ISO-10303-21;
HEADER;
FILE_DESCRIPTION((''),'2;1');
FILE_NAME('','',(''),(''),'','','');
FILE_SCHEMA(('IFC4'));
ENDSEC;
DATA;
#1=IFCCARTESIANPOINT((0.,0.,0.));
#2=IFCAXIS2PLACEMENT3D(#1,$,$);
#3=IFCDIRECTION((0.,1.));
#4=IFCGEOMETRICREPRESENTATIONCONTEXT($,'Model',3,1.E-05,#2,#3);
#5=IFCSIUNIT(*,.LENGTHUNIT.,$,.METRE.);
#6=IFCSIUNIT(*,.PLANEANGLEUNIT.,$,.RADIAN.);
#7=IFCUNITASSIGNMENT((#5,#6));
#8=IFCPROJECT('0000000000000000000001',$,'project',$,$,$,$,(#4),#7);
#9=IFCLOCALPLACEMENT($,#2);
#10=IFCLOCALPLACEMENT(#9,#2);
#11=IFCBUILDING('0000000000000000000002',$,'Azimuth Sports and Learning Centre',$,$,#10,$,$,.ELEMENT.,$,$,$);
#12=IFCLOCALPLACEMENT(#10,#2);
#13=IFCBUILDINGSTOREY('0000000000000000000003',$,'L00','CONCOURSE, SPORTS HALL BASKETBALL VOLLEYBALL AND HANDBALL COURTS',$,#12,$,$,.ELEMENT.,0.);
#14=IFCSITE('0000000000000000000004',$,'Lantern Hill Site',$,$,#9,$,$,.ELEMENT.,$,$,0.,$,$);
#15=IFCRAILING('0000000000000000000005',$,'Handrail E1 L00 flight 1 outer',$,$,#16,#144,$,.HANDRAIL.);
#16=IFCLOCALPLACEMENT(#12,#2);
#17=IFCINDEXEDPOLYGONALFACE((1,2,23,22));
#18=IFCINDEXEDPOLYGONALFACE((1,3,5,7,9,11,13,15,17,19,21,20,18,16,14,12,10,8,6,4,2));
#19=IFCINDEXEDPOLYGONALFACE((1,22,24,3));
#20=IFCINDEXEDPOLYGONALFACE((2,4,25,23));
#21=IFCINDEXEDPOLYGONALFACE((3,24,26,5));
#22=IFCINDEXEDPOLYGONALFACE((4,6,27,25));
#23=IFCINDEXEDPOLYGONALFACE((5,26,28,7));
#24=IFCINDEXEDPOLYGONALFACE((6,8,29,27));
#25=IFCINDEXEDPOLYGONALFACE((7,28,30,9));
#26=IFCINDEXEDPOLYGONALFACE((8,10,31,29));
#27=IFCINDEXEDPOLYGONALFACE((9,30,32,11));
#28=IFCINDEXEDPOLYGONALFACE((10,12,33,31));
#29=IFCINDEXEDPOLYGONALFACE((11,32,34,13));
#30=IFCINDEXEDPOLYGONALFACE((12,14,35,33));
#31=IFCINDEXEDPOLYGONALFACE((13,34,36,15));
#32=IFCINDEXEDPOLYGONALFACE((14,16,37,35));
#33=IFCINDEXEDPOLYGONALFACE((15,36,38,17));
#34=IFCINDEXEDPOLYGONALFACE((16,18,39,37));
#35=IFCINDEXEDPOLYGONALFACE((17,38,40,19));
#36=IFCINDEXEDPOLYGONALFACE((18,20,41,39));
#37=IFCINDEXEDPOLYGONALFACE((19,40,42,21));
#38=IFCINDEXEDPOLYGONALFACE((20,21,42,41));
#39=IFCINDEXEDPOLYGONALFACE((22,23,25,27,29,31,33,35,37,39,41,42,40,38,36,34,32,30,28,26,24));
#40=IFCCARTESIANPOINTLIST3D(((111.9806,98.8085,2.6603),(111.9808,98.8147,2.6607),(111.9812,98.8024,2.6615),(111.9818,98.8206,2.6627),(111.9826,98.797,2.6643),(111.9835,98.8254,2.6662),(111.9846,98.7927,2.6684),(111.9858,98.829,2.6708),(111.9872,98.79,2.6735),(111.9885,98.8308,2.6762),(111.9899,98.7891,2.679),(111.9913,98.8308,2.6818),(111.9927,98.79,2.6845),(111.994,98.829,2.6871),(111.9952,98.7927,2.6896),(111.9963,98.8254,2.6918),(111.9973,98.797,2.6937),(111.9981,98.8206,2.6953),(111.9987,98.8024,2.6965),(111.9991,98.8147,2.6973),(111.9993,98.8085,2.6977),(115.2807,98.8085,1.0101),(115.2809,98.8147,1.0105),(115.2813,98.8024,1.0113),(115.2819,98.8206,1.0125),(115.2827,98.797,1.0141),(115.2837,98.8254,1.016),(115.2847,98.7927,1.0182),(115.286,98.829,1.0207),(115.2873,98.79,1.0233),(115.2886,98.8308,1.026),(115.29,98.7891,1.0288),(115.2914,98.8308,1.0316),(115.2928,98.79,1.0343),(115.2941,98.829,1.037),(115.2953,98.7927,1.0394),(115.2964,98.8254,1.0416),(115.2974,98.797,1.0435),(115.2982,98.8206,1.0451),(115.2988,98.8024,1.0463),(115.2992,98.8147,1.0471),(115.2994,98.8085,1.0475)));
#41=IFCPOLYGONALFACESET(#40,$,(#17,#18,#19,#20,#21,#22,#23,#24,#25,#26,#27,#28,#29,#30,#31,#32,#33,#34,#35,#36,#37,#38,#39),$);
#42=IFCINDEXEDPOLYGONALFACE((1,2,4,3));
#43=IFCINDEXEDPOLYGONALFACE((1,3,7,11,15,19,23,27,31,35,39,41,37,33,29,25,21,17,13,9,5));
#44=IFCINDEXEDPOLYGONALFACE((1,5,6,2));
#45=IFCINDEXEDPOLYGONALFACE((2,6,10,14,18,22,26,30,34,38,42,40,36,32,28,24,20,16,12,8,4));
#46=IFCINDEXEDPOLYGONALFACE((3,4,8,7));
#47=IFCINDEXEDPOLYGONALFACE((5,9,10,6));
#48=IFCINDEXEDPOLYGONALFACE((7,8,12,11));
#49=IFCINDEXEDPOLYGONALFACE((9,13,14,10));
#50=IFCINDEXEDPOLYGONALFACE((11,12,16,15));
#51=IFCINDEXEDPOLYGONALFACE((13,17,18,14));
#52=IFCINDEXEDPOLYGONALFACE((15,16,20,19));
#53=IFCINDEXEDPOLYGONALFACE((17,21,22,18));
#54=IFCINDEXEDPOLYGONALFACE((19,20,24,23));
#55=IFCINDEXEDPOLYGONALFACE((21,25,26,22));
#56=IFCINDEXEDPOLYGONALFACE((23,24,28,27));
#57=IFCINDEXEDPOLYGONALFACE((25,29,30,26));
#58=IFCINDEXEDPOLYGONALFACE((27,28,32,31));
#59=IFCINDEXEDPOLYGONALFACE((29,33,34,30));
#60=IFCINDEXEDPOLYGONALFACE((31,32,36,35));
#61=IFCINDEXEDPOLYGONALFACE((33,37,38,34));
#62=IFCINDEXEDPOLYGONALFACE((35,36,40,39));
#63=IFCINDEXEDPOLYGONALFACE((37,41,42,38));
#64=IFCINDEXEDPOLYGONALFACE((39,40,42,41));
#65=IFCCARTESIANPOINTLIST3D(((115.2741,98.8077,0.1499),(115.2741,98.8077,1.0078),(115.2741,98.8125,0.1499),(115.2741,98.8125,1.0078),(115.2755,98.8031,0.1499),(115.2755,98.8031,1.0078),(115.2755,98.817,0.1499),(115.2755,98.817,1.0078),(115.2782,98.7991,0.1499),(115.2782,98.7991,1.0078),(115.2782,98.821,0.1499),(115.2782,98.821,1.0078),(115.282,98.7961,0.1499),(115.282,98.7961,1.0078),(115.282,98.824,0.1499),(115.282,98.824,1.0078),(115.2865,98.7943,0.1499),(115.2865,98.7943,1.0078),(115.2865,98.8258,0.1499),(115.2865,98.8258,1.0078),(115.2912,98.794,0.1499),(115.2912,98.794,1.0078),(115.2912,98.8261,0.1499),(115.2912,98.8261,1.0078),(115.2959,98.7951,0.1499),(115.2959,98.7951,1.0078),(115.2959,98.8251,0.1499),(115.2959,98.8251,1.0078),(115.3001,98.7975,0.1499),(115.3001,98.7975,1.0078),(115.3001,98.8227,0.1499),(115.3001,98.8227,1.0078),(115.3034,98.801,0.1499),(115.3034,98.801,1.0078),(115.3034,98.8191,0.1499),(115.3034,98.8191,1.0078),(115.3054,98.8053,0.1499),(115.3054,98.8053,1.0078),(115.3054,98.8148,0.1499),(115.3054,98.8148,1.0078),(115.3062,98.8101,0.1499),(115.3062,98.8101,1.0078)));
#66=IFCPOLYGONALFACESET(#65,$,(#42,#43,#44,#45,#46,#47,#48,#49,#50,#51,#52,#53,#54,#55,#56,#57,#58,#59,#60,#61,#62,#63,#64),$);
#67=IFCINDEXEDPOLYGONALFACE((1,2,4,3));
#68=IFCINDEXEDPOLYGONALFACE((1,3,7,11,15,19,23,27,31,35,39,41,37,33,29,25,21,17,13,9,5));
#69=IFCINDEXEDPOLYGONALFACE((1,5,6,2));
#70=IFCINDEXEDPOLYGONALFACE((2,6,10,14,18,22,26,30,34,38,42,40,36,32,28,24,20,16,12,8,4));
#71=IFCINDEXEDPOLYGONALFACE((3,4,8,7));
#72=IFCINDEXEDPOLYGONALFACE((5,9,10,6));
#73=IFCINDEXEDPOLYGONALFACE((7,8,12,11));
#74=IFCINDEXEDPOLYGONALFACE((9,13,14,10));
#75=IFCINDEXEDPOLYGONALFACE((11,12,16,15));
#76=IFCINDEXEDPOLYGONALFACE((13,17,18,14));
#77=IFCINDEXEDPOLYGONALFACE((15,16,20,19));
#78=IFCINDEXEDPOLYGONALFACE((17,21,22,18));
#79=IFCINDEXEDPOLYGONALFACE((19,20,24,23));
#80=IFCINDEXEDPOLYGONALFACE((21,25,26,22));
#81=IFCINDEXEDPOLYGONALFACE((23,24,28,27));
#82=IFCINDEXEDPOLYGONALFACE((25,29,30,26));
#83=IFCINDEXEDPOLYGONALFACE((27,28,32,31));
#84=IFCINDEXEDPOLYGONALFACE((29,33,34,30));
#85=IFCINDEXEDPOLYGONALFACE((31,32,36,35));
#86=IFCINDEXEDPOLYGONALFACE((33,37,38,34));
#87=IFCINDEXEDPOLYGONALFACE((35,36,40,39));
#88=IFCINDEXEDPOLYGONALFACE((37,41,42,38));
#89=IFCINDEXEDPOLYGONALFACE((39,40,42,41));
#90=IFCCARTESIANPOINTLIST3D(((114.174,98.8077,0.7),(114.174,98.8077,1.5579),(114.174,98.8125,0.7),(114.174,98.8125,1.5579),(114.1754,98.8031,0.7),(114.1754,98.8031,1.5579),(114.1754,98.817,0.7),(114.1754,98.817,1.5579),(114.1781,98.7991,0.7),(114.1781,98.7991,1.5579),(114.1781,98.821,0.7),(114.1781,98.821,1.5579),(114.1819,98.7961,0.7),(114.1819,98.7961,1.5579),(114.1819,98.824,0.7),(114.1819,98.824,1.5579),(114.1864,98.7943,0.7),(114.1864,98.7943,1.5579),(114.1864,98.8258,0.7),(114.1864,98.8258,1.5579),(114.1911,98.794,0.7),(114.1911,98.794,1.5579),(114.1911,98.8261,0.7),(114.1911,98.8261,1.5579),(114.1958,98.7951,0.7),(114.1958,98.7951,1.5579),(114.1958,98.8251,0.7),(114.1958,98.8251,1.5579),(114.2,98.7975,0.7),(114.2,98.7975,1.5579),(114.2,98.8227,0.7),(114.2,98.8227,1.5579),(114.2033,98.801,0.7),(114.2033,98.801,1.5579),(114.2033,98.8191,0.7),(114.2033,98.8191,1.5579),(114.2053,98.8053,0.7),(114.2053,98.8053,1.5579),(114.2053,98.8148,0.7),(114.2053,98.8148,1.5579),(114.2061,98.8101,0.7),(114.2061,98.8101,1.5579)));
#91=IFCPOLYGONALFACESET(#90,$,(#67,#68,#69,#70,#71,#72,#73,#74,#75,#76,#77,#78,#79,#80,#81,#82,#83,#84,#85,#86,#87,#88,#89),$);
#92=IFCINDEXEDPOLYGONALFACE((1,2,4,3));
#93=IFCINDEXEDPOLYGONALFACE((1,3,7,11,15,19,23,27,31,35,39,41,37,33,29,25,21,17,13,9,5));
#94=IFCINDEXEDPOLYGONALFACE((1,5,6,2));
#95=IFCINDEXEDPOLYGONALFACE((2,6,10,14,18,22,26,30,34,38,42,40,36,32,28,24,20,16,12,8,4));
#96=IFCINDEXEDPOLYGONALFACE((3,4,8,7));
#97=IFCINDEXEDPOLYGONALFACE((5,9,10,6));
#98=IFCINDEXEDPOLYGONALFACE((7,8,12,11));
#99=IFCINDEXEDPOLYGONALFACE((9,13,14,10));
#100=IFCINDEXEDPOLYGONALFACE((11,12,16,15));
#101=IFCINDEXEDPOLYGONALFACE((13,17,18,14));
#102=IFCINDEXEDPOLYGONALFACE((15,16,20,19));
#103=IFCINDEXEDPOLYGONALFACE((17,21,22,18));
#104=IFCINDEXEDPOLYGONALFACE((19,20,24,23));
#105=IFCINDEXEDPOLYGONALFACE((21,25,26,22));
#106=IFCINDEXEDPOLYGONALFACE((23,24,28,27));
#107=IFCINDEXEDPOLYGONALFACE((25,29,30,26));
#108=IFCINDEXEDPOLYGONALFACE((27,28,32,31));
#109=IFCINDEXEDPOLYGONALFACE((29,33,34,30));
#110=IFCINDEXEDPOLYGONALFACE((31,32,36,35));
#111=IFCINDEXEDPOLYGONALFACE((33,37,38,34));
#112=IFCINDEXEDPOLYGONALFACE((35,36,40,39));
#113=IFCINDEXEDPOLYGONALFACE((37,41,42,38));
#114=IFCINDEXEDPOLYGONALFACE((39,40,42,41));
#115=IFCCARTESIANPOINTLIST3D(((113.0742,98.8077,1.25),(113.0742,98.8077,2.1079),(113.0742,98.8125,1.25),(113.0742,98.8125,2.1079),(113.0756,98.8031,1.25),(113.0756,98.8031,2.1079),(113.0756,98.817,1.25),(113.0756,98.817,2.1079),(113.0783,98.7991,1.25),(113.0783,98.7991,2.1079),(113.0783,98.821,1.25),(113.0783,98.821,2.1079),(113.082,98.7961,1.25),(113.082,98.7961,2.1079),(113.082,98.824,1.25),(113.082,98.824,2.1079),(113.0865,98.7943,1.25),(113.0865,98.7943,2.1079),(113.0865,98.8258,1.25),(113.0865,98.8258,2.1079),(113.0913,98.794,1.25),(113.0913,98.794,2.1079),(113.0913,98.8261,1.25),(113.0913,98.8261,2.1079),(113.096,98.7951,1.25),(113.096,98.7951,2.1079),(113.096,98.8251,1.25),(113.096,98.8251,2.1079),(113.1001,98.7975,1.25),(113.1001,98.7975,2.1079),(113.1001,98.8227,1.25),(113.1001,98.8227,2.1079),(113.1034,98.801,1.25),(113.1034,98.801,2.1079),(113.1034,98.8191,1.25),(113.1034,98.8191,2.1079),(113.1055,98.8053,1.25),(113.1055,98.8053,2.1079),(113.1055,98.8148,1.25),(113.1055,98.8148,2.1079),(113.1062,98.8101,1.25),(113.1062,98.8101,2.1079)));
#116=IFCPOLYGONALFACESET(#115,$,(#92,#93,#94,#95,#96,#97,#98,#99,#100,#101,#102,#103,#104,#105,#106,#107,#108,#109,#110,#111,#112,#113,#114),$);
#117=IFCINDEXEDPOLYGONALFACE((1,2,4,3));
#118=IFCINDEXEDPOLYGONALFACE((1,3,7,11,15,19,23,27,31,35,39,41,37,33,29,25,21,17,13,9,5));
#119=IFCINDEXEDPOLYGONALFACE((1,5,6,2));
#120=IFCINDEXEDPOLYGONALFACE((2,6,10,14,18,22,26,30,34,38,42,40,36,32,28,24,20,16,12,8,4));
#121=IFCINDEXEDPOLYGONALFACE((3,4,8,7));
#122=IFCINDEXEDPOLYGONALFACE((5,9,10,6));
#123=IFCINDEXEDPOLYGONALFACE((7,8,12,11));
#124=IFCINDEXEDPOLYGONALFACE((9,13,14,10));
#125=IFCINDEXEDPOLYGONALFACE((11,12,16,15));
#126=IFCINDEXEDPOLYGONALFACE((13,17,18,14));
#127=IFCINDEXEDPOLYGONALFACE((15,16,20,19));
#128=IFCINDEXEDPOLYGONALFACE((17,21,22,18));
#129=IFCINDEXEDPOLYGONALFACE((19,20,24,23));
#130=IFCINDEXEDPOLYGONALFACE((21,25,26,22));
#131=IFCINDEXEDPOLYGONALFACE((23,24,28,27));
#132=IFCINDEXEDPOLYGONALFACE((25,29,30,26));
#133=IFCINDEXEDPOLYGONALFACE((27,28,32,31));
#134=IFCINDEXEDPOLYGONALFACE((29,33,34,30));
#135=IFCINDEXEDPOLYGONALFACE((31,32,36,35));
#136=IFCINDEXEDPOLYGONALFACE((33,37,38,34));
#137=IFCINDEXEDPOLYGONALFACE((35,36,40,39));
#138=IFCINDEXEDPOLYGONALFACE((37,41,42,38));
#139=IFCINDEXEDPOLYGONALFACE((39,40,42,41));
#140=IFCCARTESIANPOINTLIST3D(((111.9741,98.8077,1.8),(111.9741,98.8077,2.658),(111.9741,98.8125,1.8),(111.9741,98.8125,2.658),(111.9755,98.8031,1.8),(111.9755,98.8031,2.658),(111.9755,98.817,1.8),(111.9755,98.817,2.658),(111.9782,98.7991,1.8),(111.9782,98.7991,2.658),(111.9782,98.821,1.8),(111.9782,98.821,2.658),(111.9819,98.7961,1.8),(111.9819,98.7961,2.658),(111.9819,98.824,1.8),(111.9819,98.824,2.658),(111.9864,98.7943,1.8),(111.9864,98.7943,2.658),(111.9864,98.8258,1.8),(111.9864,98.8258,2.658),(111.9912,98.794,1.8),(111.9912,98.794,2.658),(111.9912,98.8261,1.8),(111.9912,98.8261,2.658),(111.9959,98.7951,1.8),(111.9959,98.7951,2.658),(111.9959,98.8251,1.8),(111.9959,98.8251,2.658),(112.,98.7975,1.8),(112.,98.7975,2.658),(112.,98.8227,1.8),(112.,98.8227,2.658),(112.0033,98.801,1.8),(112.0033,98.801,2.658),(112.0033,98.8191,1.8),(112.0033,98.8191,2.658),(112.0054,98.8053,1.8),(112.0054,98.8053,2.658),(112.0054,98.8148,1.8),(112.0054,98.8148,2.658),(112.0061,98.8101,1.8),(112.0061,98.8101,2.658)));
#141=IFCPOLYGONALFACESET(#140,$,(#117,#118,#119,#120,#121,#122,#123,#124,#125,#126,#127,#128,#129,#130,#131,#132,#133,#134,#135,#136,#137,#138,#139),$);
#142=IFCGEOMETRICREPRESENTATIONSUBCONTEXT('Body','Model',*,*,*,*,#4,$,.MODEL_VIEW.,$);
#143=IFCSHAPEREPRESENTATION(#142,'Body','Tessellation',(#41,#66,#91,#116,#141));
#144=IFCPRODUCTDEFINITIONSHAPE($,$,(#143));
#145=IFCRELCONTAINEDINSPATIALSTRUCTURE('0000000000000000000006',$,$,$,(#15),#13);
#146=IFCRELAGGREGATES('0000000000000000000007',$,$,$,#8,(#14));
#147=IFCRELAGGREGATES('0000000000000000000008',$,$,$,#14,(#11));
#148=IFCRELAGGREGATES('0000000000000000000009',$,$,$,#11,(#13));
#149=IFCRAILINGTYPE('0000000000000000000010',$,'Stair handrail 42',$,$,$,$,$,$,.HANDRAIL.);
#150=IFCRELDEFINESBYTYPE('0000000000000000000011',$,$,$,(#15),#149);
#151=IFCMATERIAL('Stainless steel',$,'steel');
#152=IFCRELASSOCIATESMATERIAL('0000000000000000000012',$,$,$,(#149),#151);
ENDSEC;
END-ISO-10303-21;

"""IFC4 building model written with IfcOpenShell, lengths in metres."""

from ifc_helpers import new_model, si_unit, direction, frame, origin, origin_2d, place, context, subcontext, project, spatial, circle, extrude, material, type_object, element, save


model = new_model("IFC4")

# Units and contexts
model_context = context("Model", 3, precision=1e-05, world=origin(), true_north=direction((0.0, 1.0)))
body_context = subcontext(model_context, "Body", "Model", "MODEL_VIEW")
ifc_project = project(units=[si_unit("LENGTHUNIT", "METRE"), si_unit("PLANEANGLEUNIT", "RADIAN")], contexts=[model_context])

# Site, building, storey
site_placement = place(None, origin())
site = spatial("IfcSite", under=ifc_project, at=site_placement, Name="Lantern Hill Site", CompositionType="ELEMENT", RefElevation=0.0)
building_placement = place(site_placement, origin())
building = spatial("IfcBuilding", under=site, at=building_placement, Name="Azimuth Sports and Learning Centre", CompositionType="ELEMENT")
storey_placement = place(building_placement, origin())
storey = spatial("IfcBuildingStorey", under=building, at=storey_placement, Name="L00", Description="CONCOURSE, SPORTS HALL BASKETBALL VOLLEYBALL AND HANDBALL COURTS", CompositionType="ELEMENT", Elevation=0.0)

# Railing
ifc_material_1 = material(Name="Stainless steel", Category="steel")
railing_type_1 = type_object("IfcRailingType", Name="Stair handrail 42", PredefinedType="HANDRAIL", material=ifc_material_1)
for number, where, name in (
    (1, (115.29, 98.8101, 0.1499), "Handrail E1 L00 flight 1 outer"),
):
    element("IfcRailing", number, at=place(storey_placement, frame(where)), inside=storey, type_object=railing_type_1, Name=name, PredefinedType="HANDRAIL", context=body_context, shape_type="SweptSolid", body=[
        extrude(circle(Radius=0.021, at=origin_2d()), frame((0.0, 0.0, 0.8789), z_axis=(-0.894414, 0.0, 0.44724), x_axis=(0.0, -1.0, 0.0)), (0.0, 0.0, 1.0), 3.6897),
        extrude(circle(Radius=0.0161, at=origin_2d()), origin(), (0.0, 0.0, 1.0), 0.8579),
        extrude(circle(Radius=0.0161, at=origin_2d()), frame((-1.1001, 0.0, 0.55)), (0.0, 0.0, 1.0), 0.8579),
        extrude(circle(Radius=0.0161, at=origin_2d()), frame((-2.2, 0.0, 1.1001)), (0.0, 0.0, 1.0), 0.8579),
        extrude(circle(Radius=0.0161, at=origin_2d()), frame((-3.3, 0.0, 1.6501)), (0.0, 0.0, 1.0), 0.8579),
    ])

save(model, "model.ifc")
